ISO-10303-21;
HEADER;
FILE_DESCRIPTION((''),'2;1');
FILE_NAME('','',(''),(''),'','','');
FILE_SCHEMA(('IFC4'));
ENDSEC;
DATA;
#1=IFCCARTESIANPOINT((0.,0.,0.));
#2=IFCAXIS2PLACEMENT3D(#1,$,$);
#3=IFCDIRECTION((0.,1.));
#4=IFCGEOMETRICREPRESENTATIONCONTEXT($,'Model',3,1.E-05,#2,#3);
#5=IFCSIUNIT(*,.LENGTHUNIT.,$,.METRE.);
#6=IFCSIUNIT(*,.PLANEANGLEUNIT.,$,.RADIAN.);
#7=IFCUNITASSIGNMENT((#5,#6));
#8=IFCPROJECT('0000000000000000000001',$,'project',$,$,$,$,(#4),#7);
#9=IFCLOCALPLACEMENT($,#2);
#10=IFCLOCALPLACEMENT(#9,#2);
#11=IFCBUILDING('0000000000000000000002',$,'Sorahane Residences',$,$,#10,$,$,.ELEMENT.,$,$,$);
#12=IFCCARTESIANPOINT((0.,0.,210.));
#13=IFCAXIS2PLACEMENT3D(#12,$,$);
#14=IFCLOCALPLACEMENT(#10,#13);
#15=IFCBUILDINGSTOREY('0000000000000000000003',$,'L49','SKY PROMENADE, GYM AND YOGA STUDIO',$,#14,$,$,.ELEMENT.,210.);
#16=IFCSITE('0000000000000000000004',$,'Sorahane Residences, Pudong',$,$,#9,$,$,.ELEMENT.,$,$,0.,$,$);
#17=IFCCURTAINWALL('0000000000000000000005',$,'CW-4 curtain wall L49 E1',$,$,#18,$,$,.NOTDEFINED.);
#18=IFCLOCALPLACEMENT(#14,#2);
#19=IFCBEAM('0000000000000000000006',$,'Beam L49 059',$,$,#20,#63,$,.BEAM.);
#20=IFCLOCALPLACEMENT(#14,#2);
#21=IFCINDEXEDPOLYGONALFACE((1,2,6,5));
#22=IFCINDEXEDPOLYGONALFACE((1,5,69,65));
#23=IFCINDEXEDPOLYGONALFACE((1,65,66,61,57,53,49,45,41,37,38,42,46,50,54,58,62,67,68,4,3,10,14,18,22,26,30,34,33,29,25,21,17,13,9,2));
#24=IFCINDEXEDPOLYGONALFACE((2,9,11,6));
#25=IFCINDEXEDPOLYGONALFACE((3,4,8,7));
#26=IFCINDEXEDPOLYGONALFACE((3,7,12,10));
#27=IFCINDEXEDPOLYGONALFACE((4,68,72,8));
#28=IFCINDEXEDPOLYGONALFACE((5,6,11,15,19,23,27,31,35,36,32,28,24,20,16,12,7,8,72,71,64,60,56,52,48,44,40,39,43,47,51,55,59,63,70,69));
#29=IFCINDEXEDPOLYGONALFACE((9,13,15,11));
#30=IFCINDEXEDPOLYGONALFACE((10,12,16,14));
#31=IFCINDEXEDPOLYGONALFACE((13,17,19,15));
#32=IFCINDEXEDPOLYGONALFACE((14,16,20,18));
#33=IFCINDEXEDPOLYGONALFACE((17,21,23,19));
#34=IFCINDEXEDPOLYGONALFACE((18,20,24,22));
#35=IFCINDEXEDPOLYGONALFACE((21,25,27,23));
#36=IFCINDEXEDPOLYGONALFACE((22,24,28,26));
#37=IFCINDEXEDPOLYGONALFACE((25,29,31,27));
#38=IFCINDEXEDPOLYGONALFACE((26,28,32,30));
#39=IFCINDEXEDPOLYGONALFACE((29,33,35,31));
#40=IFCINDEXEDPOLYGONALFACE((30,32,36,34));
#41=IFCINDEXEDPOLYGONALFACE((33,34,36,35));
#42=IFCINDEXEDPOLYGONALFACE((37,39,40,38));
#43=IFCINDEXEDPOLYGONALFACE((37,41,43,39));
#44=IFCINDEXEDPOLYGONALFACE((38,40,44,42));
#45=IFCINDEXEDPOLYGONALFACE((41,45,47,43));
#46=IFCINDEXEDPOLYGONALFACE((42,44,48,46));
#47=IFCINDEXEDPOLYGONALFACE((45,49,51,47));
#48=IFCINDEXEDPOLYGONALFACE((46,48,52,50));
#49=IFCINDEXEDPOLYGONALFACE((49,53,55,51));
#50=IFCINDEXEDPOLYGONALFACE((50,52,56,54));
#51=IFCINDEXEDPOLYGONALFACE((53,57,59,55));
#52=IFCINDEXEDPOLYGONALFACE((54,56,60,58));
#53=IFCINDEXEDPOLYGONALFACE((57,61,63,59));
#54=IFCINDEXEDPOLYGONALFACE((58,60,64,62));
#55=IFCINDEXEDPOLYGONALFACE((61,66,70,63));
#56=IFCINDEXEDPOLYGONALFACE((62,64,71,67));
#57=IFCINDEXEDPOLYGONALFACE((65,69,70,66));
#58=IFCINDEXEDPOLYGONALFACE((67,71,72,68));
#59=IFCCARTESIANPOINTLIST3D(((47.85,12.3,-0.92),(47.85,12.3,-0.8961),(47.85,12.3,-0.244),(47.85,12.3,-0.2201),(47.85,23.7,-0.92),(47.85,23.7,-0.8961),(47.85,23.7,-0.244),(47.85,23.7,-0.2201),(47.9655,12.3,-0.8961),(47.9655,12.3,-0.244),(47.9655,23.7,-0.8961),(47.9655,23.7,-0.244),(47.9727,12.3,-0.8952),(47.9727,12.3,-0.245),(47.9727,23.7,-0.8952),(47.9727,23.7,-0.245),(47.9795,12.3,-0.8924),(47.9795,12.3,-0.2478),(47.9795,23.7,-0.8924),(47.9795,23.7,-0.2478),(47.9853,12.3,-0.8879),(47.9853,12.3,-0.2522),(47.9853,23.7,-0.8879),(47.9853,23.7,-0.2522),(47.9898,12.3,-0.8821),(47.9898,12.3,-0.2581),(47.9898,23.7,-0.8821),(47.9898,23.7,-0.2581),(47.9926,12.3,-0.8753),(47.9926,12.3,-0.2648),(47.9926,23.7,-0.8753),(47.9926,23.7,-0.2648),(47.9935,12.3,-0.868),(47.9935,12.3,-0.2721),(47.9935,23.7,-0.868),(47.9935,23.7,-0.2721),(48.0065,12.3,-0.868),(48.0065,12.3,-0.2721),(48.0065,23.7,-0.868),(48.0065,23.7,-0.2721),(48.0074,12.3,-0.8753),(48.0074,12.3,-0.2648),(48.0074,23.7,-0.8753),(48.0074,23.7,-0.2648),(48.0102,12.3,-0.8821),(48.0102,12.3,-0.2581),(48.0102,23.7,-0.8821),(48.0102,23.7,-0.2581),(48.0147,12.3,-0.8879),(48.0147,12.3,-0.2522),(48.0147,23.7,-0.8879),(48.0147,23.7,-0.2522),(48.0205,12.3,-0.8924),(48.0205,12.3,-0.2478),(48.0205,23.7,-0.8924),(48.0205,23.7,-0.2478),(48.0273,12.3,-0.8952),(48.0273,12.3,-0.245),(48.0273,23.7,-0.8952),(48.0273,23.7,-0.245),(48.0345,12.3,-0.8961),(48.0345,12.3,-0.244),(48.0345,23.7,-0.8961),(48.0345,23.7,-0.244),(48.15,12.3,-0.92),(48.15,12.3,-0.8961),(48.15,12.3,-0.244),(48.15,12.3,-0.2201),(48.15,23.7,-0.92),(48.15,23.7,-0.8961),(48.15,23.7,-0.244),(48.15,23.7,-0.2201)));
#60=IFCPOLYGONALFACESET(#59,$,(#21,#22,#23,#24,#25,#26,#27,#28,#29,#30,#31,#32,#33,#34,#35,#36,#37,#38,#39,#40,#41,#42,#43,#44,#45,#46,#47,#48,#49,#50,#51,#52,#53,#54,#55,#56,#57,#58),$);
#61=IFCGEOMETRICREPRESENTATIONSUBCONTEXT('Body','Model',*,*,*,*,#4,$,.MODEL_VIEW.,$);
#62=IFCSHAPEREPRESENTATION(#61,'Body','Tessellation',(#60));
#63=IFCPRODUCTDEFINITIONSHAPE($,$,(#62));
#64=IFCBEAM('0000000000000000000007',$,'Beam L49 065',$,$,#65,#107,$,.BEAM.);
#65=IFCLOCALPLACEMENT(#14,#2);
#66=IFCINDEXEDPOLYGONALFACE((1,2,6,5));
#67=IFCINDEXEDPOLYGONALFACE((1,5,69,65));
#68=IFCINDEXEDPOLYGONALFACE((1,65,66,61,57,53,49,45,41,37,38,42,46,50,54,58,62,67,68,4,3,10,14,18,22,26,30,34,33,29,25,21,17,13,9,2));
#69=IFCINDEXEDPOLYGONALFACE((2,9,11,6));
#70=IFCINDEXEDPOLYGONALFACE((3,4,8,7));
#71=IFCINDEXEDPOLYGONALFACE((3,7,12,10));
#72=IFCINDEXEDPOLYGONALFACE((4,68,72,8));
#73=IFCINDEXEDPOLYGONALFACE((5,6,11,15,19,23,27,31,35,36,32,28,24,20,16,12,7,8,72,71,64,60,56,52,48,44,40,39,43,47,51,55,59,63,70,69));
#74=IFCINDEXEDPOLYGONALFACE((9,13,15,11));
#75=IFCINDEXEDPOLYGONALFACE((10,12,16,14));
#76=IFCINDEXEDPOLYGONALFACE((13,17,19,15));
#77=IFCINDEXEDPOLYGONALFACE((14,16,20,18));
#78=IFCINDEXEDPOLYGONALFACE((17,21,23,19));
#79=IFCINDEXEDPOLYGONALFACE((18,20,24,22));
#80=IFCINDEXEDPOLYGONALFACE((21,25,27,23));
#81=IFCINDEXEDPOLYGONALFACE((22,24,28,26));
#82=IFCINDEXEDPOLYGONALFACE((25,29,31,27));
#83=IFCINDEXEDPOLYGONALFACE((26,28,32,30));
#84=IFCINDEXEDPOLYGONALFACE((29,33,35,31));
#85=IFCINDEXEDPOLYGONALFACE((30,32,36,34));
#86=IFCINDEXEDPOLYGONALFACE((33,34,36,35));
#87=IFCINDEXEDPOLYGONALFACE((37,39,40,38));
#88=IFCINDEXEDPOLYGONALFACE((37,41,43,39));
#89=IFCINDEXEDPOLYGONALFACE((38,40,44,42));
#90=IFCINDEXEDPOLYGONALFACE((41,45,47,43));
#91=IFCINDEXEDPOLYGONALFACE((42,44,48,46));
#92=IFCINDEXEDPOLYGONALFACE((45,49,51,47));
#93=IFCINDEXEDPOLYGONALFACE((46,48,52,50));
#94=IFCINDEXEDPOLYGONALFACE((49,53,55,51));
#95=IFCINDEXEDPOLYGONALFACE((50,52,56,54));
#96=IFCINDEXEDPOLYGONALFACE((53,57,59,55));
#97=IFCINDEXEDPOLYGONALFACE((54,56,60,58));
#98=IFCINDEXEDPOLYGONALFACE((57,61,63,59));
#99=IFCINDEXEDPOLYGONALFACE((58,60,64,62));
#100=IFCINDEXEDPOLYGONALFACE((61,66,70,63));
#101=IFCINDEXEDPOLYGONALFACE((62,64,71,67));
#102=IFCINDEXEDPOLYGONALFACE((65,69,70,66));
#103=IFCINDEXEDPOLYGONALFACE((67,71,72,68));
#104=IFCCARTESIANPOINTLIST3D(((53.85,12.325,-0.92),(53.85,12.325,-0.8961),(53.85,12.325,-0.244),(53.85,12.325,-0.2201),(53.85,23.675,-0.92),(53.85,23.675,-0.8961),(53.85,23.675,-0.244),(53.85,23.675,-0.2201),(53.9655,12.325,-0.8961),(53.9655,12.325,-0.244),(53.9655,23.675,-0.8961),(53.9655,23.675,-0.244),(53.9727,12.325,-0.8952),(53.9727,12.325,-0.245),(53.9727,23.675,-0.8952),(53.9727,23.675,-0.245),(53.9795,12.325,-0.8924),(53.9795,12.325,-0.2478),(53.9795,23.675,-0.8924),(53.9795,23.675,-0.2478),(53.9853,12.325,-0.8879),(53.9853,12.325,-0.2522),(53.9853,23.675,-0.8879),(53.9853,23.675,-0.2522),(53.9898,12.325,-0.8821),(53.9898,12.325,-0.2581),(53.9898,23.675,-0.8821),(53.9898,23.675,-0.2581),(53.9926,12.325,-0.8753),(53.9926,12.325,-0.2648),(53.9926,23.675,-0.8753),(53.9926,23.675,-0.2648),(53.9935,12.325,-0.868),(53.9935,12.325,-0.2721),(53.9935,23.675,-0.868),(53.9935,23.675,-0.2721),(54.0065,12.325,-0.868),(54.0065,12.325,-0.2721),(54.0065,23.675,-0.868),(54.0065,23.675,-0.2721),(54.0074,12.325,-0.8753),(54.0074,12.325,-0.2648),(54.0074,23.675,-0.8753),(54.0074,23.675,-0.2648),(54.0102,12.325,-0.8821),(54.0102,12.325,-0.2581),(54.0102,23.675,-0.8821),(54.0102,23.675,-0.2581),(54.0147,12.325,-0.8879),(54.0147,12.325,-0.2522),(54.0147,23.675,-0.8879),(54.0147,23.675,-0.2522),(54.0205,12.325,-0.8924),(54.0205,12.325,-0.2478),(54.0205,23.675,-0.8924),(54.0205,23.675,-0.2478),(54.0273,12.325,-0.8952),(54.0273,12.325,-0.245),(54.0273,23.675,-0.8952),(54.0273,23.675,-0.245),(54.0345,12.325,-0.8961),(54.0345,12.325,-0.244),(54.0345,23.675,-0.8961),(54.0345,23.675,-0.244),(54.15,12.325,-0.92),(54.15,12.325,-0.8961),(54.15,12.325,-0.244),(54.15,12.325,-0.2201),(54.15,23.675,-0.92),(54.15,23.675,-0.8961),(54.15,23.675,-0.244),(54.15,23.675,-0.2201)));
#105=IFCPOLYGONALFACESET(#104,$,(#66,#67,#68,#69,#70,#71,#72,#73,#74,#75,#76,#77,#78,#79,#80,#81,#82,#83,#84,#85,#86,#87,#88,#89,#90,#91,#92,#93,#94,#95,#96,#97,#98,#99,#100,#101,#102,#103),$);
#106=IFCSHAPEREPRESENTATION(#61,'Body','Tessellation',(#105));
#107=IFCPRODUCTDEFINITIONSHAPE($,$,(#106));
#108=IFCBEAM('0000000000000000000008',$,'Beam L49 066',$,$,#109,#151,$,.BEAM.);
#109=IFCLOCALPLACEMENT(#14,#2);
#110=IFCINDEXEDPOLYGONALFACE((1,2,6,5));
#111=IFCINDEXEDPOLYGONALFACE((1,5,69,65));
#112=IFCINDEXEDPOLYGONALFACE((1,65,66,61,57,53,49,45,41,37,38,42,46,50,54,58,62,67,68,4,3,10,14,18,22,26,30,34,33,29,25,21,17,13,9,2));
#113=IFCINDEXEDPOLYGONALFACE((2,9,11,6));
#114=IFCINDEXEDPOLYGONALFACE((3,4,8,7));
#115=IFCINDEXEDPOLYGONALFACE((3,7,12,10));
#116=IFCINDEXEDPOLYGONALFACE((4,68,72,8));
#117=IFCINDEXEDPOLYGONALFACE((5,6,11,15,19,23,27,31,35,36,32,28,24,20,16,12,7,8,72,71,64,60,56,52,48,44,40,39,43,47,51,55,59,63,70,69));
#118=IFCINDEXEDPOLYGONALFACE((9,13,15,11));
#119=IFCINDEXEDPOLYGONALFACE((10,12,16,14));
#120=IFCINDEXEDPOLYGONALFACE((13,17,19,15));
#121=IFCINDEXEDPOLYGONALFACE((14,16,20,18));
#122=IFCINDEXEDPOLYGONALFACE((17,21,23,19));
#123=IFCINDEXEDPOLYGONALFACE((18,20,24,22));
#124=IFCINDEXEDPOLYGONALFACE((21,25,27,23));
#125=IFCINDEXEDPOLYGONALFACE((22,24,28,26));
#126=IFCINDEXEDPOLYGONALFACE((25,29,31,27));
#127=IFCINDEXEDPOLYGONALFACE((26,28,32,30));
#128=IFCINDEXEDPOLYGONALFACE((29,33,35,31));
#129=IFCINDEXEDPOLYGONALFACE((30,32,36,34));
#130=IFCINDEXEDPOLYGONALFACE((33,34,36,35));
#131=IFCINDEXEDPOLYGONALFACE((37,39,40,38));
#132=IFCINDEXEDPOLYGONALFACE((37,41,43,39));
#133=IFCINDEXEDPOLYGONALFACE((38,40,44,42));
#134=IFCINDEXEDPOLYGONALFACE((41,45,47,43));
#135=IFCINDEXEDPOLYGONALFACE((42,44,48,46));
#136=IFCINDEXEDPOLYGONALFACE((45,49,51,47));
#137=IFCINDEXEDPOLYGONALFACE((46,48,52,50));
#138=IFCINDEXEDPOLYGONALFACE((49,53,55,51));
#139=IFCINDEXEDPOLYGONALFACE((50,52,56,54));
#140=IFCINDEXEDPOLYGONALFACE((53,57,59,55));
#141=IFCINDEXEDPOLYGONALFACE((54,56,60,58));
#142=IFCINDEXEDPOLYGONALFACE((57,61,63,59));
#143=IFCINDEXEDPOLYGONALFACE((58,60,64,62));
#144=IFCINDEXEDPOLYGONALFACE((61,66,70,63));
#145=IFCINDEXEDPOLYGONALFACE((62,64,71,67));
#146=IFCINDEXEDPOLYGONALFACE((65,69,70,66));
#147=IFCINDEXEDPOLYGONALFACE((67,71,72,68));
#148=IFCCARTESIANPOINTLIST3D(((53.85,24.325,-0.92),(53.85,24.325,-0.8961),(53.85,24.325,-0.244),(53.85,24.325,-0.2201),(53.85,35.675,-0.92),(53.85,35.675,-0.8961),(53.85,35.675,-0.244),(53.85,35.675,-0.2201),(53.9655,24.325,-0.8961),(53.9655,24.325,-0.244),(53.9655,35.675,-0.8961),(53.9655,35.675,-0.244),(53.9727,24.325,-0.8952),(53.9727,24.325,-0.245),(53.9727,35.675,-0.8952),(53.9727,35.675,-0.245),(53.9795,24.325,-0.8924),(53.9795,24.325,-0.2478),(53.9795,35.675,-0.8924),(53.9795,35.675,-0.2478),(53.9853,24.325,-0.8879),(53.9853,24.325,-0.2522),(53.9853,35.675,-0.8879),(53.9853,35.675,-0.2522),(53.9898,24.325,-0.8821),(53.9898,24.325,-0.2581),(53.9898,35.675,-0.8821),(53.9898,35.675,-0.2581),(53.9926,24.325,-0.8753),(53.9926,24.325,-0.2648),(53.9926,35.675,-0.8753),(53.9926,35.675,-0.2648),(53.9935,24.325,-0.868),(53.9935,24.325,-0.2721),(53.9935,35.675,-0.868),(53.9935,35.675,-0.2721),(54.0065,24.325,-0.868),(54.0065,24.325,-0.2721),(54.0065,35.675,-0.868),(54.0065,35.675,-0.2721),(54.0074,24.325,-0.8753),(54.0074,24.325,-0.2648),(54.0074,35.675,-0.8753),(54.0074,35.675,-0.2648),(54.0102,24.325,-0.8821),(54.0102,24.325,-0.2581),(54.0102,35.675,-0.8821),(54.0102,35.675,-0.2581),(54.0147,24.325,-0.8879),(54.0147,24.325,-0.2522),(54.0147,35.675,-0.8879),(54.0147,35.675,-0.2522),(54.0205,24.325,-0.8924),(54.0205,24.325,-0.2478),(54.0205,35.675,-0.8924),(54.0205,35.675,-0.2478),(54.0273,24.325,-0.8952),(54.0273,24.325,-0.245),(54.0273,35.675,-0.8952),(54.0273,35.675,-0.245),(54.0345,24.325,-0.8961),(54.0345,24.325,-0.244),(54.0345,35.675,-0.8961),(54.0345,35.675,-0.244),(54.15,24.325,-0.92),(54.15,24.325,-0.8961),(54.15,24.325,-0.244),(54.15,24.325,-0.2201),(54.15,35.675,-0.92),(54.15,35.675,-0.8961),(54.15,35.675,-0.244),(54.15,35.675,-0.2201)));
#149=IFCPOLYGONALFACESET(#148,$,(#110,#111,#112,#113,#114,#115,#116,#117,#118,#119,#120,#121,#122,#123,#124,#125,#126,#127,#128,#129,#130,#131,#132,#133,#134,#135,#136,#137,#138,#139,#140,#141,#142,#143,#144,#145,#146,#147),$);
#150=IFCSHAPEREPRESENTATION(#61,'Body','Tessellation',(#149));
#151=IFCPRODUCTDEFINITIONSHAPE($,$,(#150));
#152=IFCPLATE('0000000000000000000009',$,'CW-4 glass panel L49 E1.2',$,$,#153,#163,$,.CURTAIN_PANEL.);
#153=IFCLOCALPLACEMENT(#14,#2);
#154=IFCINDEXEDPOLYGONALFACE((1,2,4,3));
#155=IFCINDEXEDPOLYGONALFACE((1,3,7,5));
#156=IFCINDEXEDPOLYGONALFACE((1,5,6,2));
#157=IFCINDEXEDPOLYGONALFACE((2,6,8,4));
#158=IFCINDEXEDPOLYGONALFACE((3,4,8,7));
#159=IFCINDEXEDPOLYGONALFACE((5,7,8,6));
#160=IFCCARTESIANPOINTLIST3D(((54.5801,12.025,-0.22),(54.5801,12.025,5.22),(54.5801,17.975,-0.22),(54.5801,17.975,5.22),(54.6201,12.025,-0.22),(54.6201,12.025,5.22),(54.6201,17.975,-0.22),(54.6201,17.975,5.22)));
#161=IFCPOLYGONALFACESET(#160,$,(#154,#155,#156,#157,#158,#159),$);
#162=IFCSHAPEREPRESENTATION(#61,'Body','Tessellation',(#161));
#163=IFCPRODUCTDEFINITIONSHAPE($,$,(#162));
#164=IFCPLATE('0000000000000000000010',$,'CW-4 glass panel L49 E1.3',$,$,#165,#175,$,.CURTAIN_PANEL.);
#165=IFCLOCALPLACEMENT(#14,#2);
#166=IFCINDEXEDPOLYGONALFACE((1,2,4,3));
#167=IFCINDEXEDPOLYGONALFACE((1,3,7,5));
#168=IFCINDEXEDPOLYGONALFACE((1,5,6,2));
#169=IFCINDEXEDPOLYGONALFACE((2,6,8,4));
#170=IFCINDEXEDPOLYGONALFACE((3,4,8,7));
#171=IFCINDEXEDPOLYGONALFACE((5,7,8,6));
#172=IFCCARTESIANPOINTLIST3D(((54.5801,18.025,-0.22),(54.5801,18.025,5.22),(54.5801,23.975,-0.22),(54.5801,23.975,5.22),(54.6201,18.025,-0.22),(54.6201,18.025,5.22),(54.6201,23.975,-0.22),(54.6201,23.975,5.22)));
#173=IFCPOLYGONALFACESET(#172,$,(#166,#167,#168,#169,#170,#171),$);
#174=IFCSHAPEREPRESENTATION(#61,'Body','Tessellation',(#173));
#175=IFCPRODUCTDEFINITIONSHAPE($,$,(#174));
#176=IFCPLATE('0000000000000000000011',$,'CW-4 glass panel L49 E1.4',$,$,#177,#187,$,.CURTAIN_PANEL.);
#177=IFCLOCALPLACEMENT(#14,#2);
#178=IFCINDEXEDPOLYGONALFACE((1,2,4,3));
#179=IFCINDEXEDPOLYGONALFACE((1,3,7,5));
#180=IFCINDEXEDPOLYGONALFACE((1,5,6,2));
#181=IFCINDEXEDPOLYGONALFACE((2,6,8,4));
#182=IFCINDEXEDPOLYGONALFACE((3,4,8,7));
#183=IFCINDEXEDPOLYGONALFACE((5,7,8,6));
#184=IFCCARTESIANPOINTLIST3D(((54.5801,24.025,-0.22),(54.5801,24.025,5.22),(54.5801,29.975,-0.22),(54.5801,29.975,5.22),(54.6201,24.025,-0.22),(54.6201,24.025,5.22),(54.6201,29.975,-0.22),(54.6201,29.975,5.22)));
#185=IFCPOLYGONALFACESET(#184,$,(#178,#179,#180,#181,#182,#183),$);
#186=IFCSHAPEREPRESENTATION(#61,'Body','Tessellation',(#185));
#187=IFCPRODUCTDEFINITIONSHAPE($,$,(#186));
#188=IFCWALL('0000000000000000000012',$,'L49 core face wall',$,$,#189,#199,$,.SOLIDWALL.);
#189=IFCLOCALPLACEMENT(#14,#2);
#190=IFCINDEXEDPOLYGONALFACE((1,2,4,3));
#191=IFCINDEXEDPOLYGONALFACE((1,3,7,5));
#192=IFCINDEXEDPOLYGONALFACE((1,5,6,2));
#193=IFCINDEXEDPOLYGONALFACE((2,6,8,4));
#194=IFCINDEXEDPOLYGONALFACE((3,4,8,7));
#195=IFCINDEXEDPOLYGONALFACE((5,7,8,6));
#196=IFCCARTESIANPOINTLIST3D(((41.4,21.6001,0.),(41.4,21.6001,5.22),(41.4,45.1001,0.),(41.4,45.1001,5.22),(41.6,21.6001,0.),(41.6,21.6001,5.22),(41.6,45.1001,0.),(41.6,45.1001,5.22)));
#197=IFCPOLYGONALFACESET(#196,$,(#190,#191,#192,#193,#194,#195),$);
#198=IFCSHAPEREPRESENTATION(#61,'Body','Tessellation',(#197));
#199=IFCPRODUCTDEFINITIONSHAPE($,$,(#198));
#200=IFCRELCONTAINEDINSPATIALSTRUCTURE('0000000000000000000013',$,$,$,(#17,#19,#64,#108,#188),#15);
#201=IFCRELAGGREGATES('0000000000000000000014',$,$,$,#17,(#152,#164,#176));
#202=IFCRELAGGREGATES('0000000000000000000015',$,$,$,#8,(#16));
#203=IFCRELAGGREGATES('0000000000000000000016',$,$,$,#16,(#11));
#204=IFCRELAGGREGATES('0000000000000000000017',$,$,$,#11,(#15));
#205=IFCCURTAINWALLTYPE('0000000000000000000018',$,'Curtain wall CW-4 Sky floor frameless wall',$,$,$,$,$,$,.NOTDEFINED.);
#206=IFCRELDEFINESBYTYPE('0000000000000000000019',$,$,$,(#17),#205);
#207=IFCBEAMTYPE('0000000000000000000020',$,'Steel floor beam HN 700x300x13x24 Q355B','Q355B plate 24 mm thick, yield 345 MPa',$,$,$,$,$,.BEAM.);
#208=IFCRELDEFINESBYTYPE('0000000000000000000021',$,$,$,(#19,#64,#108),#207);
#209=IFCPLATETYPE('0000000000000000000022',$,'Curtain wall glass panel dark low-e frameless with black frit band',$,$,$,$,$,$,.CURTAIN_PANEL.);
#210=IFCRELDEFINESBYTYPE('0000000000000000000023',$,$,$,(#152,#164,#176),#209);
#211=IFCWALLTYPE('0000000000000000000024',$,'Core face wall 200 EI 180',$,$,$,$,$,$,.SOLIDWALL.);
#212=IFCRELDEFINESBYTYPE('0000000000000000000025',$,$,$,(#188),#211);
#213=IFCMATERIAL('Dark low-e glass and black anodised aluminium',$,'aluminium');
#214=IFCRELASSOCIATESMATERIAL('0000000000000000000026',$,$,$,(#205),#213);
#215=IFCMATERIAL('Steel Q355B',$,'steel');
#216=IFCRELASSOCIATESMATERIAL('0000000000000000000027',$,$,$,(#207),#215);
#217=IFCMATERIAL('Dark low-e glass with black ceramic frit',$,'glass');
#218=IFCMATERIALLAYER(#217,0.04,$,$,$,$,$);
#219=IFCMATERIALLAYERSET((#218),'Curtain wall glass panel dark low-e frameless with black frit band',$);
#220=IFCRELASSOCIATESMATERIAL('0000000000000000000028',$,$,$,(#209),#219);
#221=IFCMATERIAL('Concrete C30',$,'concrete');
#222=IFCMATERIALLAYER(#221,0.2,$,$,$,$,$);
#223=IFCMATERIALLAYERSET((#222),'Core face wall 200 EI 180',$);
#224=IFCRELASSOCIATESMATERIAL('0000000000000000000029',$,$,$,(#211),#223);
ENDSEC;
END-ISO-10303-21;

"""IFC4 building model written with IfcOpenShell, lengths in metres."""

from ifc_helpers import new_model, si_unit, direction, frame, frame_2d, origin, origin_2d, place, context, subcontext, project, spatial, rectangle, i_section, extrude, material, layer, layer_set, material_profile, profile_set, type_object, element, aggregate, save


model = new_model("IFC4")

# Units and contexts
model_context = context("Model", 3, precision=1e-05, world=origin(), true_north=direction((0.0, 1.0)))
body_context = subcontext(model_context, "Body", "Model", "MODEL_VIEW")
ifc_project = project(units=[si_unit("LENGTHUNIT", "METRE"), si_unit("PLANEANGLEUNIT", "RADIAN")], contexts=[model_context])

# Site, building, storey
site_placement = place(None, origin())
site = spatial("IfcSite", under=ifc_project, at=site_placement, Name="Sorahane Residences, Pudong", CompositionType="ELEMENT", RefElevation=0.0)
building_placement = place(site_placement, origin())
building = spatial("IfcBuilding", under=site, at=building_placement, Name="Sorahane Residences", CompositionType="ELEMENT")
storey_placement = place(building_placement, frame((0.0, 0.0, 210.0)))
storey = spatial("IfcBuildingStorey", under=building, at=storey_placement, Name="L49", Description="SKY PROMENADE, GYM AND YOGA STUDIO", CompositionType="ELEMENT", Elevation=210.0)

# Curtain wall
ifc_material_1 = material(Name="Dark low-e glass and black anodised aluminium", Category="aluminium")
curtain_wall_type = type_object("IfcCurtainWallType", Name="Curtain wall CW-4 Sky floor frameless wall", PredefinedType="NOTDEFINED", material=ifc_material_1)
curtain_wall_placement = place(storey_placement, origin())
curtain_wall = element("IfcCurtainWall", 1, at=curtain_wall_placement, inside=storey, type_object=curtain_wall_type, Name="CW-4 curtain wall L49 E1", PredefinedType="NOTDEFINED")

# Beams
ifc_material_2 = material(Name="Steel Q355B", Category="steel")
ifc_material_profile_1 = material_profile(ifc_material_2, i_section(OverallWidth=0.3, OverallDepth=0.7, WebThickness=0.0129, FlangeThickness=0.0239, FilletRadius=0.0281, at=origin_2d()), Name="HN 700x300x13x24")
ifc_profile_set_1 = profile_set([ifc_material_profile_1], Name="Steel Q355B")
beam_type_1 = type_object("IfcBeamType", Name="Steel floor beam HN 700x300x13x24 Q355B", Description="Q355B plate 24 mm thick, yield 345 MPa", PredefinedType="BEAM", material=ifc_profile_set_1)
beam_1_placement = place(storey_placement, frame((48.0, 12.3, -0.5701), z_axis=(0.0, 1.0, 0.0), x_axis=(-1.0, 0.0, 0.0)))
element("IfcBeam", 2, at=beam_1_placement, inside=storey, type_object=beam_type_1, Name="Beam L49 059", PredefinedType="BEAM", context=body_context, shape_type="SweptSolid", body=[
    extrude(i_section(OverallWidth=0.3, OverallDepth=0.7, WebThickness=0.0129, FlangeThickness=0.0239, FilletRadius=0.0281, at=origin_2d()), origin(), (0.0, 0.0, 1.0), 11.3999),
])
for number, where, z_axis, x_axis, name in (
    (3, (54.0, 12.325, -0.5701), (0.0, 1.0, 0.0), (-1.0, 0.0, 0.0), "Beam L49 065"),
    (4, (54.0, 24.325, -0.5701), (0.0, 1.0, 0.0), (-1.0, 0.0, 0.0), "Beam L49 066"),
):
    element("IfcBeam", number, at=place(storey_placement, frame(where, z_axis=z_axis, x_axis=x_axis)), inside=storey, type_object=beam_type_1, Name=name, PredefinedType="BEAM", context=body_context, shape_type="SweptSolid", body=[
        extrude(i_section(OverallWidth=0.3, OverallDepth=0.7, WebThickness=0.0129, FlangeThickness=0.0239, FilletRadius=0.0281, at=origin_2d()), origin(), (0.0, 0.0, 1.0), 11.3501),
    ])

# Plates
ifc_material_3 = material(Name="Dark low-e glass with black ceramic frit", Category="glass")
ifc_layer_1 = layer(ifc_material_3, 0.04)
ifc_layer_set_1 = layer_set([ifc_layer_1], Name="Curtain wall glass panel dark low-e frameless with black frit band")
plate_type = type_object("IfcPlateType", Name="Curtain wall glass panel dark low-e frameless with black frit band", PredefinedType="CURTAIN_PANEL", material=ifc_layer_set_1)
plate_1_placement = place(storey_placement, frame((54.6001, 15.0, -0.22), z_axis=(0.0, 0.0, 1.0), x_axis=(0.0, 1.0, 0.0)))
plate_1 = element("IfcPlate", 5, at=plate_1_placement, type_object=plate_type, Name="CW-4 glass panel L49 E1.2", PredefinedType="CURTAIN_PANEL", context=body_context, shape_type="SweptSolid", body=[
    extrude(rectangle(XDim=5.95, YDim=0.04, at=origin_2d()), origin(), (0.0, 0.0, 1.0), 5.4399),
])
plate_2_placement = place(storey_placement, frame((54.6001, 21.0, -0.22), z_axis=(0.0, 0.0, 1.0), x_axis=(0.0, 1.0, 0.0)))
plate_2 = element("IfcPlate", 6, at=plate_2_placement, type_object=plate_type, Name="CW-4 glass panel L49 E1.3", PredefinedType="CURTAIN_PANEL", context=body_context, shape_type="SweptSolid", body=[
    extrude(rectangle(XDim=5.95, YDim=0.04, at=origin_2d()), origin(), (0.0, 0.0, 1.0), 5.4399),
])
plate_3_placement = place(storey_placement, frame((54.6001, 27.0, -0.22), z_axis=(0.0, 0.0, 1.0), x_axis=(0.0, 1.0, 0.0)))
plate_3 = element("IfcPlate", 7, at=plate_3_placement, type_object=plate_type, Name="CW-4 glass panel L49 E1.4", PredefinedType="CURTAIN_PANEL", context=body_context, shape_type="SweptSolid", body=[
    extrude(rectangle(XDim=5.95, YDim=0.04, at=origin_2d()), origin(), (0.0, 0.0, 1.0), 5.4399),
])
aggregate(curtain_wall, [plate_1, plate_2, plate_3])

# Wall
ifc_material_4 = material(Name="Concrete C30", Category="concrete")
ifc_layer_2 = layer(ifc_material_4, 0.2)
ifc_layer_set_2 = layer_set([ifc_layer_2], Name="Core face wall 200 EI 180")
wall_type_1 = type_object("IfcWallType", Name="Core face wall 200 EI 180", PredefinedType="SOLIDWALL", material=ifc_layer_set_2)
wall_1_placement = place(storey_placement, frame((41.5, 21.6001, 0.0), z_axis=(0.0, 0.0, 1.0), x_axis=(0.0, 1.0, 0.0)))
element("IfcWall", 8, at=wall_1_placement, inside=storey, type_object=wall_type_1, Name="L49 core face wall", PredefinedType="SOLIDWALL", context=body_context, shape_type="SweptSolid", body=[
    extrude(rectangle(XDim=23.5, YDim=0.2, at=frame_2d((11.75, 0.0))), origin(), (0.0, 0.0, 1.0), 5.22),
])

save(model, "model.ifc")
